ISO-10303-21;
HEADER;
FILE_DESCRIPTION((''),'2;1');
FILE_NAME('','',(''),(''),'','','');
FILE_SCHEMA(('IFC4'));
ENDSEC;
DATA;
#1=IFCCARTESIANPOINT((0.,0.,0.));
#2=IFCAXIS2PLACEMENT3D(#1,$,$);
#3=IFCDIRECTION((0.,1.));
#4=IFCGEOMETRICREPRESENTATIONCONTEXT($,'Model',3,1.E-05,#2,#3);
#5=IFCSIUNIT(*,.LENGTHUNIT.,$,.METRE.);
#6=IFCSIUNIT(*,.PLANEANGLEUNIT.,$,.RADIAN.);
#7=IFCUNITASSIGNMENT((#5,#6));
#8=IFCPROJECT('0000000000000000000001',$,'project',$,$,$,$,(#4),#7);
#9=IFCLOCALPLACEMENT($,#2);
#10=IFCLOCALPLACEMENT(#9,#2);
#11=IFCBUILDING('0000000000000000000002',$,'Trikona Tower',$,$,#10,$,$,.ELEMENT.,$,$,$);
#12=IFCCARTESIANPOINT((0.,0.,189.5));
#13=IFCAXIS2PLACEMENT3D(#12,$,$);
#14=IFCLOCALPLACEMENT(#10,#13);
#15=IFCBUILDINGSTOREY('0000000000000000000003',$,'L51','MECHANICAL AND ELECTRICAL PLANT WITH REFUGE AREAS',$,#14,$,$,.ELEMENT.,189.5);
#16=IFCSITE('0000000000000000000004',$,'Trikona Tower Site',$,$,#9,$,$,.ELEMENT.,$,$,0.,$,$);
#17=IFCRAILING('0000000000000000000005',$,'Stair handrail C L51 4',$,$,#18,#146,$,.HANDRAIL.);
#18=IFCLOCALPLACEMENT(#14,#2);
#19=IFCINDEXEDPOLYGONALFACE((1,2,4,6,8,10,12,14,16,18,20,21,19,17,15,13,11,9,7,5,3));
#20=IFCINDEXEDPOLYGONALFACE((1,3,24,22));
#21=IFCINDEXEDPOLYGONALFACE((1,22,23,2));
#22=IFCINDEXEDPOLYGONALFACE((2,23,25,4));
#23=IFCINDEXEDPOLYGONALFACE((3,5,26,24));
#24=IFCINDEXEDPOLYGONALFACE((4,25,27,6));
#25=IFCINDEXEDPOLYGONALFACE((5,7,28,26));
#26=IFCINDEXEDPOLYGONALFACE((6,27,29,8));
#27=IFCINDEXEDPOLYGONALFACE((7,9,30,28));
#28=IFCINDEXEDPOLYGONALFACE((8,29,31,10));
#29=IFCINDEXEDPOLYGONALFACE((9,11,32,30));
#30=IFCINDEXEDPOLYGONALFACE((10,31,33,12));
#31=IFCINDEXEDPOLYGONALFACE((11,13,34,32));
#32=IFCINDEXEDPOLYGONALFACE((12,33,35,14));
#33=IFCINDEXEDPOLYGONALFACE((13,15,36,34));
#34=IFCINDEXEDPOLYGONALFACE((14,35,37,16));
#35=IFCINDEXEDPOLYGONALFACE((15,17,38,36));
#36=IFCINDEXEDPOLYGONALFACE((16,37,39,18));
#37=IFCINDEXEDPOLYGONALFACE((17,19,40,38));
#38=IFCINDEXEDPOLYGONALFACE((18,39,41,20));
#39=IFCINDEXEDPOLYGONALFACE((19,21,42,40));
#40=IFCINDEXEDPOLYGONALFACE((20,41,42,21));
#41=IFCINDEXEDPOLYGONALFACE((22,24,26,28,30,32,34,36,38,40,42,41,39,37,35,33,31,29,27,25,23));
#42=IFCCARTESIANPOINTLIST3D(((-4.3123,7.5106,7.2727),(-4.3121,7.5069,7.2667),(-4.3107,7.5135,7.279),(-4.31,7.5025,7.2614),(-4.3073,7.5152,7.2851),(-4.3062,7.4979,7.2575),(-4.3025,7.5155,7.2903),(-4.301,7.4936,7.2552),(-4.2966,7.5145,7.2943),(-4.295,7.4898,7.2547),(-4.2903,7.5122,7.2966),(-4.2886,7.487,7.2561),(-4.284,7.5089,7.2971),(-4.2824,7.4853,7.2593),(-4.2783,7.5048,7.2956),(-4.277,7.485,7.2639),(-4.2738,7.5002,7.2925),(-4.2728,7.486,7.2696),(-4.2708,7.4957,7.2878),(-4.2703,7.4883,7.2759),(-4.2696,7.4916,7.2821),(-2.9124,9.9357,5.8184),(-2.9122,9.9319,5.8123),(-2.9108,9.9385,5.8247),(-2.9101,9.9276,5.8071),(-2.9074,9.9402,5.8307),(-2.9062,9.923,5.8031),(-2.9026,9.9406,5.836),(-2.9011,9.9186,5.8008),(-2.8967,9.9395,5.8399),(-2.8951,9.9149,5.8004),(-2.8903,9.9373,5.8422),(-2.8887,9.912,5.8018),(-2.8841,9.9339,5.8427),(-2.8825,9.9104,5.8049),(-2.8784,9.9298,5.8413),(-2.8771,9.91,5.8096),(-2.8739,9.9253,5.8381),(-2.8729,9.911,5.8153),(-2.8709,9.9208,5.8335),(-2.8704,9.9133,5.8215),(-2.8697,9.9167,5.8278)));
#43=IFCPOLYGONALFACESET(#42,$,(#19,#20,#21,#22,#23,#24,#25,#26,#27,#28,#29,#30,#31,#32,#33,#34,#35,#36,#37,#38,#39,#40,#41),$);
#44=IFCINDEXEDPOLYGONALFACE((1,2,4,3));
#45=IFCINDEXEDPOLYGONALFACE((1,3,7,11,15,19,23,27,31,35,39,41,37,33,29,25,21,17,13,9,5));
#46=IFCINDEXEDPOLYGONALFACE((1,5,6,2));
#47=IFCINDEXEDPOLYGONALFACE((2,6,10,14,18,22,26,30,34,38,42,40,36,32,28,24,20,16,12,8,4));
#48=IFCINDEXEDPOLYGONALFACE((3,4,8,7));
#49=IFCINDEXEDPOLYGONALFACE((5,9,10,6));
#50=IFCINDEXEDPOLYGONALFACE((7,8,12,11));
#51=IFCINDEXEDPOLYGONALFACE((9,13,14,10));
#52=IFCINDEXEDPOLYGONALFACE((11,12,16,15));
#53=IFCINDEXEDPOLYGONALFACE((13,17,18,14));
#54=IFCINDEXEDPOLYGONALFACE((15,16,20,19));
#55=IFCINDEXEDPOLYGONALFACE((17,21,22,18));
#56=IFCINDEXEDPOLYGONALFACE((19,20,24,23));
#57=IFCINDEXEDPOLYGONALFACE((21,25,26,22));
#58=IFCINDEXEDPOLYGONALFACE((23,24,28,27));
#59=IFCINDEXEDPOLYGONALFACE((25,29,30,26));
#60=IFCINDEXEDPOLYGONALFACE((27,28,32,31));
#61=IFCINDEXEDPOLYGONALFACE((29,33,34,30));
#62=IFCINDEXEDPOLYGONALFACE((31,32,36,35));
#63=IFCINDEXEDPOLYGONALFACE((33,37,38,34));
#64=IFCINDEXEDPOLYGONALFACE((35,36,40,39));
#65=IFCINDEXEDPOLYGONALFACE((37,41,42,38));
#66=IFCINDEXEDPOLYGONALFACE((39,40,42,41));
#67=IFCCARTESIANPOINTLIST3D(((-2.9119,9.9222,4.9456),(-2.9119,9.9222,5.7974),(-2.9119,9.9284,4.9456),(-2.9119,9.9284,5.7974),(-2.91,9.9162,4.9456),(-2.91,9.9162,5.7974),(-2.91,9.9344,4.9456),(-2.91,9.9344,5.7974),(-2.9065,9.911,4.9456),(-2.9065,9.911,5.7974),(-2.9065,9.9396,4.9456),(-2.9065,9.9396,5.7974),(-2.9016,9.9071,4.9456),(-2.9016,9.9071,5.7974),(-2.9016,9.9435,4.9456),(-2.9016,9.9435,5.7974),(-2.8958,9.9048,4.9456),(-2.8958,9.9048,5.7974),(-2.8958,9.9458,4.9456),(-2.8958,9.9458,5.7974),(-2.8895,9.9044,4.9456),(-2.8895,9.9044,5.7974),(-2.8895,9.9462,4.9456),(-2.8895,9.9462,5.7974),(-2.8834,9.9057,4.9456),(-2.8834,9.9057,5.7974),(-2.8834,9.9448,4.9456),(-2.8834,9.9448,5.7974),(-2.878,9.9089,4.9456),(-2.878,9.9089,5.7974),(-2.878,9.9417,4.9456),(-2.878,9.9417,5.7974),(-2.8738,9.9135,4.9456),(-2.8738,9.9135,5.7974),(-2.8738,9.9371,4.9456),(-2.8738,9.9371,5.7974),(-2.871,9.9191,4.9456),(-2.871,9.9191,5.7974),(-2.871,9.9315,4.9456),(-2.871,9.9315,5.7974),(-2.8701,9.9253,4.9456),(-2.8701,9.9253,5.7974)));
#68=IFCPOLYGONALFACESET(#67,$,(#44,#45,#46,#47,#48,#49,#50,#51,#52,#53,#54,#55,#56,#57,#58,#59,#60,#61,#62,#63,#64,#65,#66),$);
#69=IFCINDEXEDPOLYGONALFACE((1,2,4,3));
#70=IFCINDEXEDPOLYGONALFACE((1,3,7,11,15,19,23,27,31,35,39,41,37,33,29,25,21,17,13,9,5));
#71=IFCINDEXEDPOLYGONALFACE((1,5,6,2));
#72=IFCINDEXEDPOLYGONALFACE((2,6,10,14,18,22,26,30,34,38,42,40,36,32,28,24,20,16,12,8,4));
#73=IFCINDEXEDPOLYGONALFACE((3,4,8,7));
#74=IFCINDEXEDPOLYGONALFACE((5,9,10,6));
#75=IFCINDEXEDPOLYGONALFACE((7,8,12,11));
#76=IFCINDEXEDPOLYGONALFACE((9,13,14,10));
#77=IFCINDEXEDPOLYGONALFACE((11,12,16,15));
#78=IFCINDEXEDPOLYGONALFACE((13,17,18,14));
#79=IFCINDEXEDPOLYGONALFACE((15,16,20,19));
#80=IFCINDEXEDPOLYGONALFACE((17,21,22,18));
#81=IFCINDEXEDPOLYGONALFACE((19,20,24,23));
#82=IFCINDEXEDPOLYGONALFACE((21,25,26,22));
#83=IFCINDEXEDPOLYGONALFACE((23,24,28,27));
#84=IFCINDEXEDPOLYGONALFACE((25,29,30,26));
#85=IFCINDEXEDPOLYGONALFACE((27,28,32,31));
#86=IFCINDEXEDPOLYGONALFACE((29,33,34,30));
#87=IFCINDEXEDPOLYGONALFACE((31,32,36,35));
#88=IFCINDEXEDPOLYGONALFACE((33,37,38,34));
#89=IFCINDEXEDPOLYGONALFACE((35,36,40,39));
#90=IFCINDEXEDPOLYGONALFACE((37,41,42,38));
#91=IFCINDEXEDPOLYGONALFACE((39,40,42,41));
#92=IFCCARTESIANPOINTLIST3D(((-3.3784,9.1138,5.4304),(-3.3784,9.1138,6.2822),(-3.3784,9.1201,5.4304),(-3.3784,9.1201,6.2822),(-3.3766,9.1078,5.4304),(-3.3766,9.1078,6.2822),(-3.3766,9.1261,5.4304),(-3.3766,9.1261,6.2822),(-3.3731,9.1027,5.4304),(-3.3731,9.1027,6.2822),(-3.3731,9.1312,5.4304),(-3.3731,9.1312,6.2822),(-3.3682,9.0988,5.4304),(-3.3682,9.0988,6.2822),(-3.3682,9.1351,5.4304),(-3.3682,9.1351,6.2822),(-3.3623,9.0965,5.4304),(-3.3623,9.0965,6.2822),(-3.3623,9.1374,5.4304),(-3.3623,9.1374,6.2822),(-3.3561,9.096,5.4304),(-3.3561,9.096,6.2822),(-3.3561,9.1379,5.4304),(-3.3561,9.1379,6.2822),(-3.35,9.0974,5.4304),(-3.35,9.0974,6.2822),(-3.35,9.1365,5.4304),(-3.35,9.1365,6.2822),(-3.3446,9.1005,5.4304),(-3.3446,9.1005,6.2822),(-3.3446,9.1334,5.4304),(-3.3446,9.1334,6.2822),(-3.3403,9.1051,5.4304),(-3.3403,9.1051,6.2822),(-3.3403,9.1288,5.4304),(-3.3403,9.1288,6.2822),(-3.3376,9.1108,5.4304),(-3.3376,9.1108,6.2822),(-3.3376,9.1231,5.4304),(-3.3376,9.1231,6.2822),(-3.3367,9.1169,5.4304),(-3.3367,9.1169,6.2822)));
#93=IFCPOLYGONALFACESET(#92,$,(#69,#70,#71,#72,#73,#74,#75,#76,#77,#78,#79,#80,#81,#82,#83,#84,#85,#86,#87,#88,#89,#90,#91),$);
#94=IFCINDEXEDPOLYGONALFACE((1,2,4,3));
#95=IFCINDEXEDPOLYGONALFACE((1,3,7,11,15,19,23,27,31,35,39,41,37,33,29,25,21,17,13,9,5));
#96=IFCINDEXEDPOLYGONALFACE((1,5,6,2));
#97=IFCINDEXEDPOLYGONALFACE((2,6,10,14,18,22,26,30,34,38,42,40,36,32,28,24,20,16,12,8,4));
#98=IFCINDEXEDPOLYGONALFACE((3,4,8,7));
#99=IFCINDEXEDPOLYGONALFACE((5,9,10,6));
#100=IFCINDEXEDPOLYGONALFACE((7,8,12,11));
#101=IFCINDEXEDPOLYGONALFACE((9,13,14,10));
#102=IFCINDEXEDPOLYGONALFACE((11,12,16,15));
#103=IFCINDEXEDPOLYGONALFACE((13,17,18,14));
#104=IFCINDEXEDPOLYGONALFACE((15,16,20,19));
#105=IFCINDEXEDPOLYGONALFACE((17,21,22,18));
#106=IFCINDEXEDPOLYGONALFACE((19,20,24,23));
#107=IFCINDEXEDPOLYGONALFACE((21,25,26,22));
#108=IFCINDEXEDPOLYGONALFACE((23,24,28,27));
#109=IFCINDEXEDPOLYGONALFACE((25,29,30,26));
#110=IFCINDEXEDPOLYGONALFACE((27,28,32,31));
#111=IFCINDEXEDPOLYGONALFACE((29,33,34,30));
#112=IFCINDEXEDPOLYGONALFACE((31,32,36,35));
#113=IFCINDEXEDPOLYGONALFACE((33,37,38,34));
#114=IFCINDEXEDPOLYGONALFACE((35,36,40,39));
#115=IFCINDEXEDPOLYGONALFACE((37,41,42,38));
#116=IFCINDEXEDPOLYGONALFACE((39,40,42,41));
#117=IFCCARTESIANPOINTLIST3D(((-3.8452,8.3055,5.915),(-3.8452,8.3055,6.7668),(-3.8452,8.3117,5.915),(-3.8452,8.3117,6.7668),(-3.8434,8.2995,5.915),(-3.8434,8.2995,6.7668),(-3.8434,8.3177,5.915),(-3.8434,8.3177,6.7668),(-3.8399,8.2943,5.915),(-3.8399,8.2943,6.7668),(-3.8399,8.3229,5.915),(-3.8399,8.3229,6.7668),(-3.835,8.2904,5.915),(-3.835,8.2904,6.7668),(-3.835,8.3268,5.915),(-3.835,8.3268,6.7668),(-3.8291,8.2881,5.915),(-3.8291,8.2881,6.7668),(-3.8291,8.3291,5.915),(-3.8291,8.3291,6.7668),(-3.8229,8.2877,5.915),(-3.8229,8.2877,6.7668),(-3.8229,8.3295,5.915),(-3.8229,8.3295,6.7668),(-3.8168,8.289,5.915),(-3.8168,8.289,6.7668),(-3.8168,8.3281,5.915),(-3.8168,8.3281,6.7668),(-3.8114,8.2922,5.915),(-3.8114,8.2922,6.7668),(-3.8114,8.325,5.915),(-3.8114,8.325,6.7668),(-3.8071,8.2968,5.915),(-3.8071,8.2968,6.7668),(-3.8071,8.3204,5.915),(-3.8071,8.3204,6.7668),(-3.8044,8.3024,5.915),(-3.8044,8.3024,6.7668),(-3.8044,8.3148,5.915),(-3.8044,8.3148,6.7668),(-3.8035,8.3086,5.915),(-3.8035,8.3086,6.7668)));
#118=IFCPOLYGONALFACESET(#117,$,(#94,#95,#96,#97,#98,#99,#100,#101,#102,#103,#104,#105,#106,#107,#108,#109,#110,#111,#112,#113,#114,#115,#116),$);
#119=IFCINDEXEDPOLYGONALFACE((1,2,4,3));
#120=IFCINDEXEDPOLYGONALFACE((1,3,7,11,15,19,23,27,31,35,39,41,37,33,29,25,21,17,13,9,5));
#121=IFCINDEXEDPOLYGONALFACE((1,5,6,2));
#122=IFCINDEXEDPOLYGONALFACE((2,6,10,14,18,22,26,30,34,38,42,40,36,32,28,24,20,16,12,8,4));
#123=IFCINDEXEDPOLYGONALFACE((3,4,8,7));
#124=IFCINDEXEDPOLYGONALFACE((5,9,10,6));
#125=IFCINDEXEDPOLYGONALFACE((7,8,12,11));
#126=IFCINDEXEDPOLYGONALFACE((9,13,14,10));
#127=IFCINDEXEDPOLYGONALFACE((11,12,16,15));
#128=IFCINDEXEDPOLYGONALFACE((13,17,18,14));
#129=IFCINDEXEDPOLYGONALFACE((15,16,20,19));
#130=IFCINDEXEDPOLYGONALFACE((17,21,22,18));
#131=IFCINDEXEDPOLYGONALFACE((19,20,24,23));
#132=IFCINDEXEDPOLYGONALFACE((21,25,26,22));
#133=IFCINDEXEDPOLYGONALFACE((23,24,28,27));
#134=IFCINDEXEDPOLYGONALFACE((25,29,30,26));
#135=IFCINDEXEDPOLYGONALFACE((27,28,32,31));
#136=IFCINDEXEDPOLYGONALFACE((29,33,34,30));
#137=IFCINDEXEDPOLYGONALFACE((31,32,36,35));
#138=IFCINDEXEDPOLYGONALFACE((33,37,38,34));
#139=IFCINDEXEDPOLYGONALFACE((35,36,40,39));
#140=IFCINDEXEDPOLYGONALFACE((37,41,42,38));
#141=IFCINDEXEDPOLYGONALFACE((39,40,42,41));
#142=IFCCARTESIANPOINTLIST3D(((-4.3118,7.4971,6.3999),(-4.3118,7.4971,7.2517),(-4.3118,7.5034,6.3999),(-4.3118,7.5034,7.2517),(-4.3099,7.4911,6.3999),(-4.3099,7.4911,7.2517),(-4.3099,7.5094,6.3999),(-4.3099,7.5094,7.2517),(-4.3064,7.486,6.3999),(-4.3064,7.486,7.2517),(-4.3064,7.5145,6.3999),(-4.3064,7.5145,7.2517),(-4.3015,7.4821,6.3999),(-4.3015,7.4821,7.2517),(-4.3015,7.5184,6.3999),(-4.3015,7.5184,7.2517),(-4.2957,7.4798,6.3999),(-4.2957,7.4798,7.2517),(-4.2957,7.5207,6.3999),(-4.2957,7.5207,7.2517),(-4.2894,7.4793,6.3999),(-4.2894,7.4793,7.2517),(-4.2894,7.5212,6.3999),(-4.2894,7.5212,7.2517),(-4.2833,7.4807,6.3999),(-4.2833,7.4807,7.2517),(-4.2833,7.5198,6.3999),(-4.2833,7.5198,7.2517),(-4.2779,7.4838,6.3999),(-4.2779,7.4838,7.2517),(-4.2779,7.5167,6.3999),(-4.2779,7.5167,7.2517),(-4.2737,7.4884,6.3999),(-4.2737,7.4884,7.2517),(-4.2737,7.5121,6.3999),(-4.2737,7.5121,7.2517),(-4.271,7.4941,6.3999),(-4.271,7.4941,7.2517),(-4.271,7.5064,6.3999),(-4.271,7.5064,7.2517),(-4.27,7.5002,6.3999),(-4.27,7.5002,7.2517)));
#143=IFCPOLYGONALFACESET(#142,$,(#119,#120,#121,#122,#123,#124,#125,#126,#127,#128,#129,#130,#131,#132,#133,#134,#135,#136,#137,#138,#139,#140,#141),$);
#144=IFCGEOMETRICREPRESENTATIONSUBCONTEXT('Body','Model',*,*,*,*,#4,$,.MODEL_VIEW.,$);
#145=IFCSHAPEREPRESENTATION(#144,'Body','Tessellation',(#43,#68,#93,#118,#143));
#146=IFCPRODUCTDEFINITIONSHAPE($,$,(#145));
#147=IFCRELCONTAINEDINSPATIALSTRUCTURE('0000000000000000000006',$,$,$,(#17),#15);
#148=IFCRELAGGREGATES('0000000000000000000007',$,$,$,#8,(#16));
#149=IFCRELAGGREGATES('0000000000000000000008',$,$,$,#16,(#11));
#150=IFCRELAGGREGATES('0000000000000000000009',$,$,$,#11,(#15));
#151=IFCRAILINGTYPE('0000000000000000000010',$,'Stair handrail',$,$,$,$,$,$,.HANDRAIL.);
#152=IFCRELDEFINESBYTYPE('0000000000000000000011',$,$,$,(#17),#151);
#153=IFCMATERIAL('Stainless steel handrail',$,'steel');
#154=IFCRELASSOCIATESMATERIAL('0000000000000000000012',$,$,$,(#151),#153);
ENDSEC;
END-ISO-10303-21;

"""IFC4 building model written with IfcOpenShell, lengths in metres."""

from ifc_helpers import new_model, si_unit, direction, frame, origin, origin_2d, place, context, subcontext, project, spatial, circle, extrude, material, type_object, element, save


model = new_model("IFC4")

# Units and contexts
model_context = context("Model", 3, precision=1e-05, world=origin(), true_north=direction((0.0, 1.0)))
body_context = subcontext(model_context, "Body", "Model", "MODEL_VIEW")
ifc_project = project(units=[si_unit("LENGTHUNIT", "METRE"), si_unit("PLANEANGLEUNIT", "RADIAN")], contexts=[model_context])

# Site, building, storey
site_placement = place(None, origin())
site = spatial("IfcSite", under=ifc_project, at=site_placement, Name="Trikona Tower Site", CompositionType="ELEMENT", RefElevation=0.0)
building_placement = place(site_placement, origin())
building = spatial("IfcBuilding", under=site, at=building_placement, Name="Trikona Tower", CompositionType="ELEMENT")
storey_placement = place(building_placement, frame((0.0, 0.0, 189.5)))
storey = spatial("IfcBuildingStorey", under=building, at=storey_placement, Name="L51", Description="MECHANICAL AND ELECTRICAL PLANT WITH REFUGE AREAS", CompositionType="ELEMENT", Elevation=189.5)

# Railing
ifc_material_1 = material(Name="Stainless steel handrail", Category="steel")
railing_type = type_object("IfcRailingType", Name="Stair handrail", PredefinedType="HANDRAIL", material=ifc_material_1)
railing_placement = place(storey_placement, frame((-2.8911, 9.9253, 4.9456)))
element("IfcRailing", 1, at=railing_placement, inside=storey, type_object=railing_type, Name="Stair handrail C L51 4", PredefinedType="HANDRAIL", context=body_context, shape_type="SweptSolid", body=[
    extrude(circle(Radius=0.0239, at=origin_2d()), frame((0.0, 0.0, 0.876), z_axis=(-0.443672, -0.768572, 0.460926), x_axis=(0.866056, -0.499946, 0.0)), (0.0, 0.0, 1.0), 3.1553),
    extrude(circle(Radius=0.021, at=origin_2d()), origin(), (0.0, 0.0, 1.0), 0.8518),
    extrude(circle(Radius=0.021, at=origin_2d()), frame((-0.4666, -0.8083, 0.4849)), (0.0, 0.0, 1.0), 0.8518),
    extrude(circle(Radius=0.021, at=origin_2d()), frame((-0.9333, -1.6167, 0.9695)), (0.0, 0.0, 1.0), 0.8518),
    extrude(circle(Radius=0.021, at=origin_2d()), frame((-1.3999, -2.425, 1.4543)), (0.0, 0.0, 1.0), 0.8518),
])

save(model, "model.ifc")
